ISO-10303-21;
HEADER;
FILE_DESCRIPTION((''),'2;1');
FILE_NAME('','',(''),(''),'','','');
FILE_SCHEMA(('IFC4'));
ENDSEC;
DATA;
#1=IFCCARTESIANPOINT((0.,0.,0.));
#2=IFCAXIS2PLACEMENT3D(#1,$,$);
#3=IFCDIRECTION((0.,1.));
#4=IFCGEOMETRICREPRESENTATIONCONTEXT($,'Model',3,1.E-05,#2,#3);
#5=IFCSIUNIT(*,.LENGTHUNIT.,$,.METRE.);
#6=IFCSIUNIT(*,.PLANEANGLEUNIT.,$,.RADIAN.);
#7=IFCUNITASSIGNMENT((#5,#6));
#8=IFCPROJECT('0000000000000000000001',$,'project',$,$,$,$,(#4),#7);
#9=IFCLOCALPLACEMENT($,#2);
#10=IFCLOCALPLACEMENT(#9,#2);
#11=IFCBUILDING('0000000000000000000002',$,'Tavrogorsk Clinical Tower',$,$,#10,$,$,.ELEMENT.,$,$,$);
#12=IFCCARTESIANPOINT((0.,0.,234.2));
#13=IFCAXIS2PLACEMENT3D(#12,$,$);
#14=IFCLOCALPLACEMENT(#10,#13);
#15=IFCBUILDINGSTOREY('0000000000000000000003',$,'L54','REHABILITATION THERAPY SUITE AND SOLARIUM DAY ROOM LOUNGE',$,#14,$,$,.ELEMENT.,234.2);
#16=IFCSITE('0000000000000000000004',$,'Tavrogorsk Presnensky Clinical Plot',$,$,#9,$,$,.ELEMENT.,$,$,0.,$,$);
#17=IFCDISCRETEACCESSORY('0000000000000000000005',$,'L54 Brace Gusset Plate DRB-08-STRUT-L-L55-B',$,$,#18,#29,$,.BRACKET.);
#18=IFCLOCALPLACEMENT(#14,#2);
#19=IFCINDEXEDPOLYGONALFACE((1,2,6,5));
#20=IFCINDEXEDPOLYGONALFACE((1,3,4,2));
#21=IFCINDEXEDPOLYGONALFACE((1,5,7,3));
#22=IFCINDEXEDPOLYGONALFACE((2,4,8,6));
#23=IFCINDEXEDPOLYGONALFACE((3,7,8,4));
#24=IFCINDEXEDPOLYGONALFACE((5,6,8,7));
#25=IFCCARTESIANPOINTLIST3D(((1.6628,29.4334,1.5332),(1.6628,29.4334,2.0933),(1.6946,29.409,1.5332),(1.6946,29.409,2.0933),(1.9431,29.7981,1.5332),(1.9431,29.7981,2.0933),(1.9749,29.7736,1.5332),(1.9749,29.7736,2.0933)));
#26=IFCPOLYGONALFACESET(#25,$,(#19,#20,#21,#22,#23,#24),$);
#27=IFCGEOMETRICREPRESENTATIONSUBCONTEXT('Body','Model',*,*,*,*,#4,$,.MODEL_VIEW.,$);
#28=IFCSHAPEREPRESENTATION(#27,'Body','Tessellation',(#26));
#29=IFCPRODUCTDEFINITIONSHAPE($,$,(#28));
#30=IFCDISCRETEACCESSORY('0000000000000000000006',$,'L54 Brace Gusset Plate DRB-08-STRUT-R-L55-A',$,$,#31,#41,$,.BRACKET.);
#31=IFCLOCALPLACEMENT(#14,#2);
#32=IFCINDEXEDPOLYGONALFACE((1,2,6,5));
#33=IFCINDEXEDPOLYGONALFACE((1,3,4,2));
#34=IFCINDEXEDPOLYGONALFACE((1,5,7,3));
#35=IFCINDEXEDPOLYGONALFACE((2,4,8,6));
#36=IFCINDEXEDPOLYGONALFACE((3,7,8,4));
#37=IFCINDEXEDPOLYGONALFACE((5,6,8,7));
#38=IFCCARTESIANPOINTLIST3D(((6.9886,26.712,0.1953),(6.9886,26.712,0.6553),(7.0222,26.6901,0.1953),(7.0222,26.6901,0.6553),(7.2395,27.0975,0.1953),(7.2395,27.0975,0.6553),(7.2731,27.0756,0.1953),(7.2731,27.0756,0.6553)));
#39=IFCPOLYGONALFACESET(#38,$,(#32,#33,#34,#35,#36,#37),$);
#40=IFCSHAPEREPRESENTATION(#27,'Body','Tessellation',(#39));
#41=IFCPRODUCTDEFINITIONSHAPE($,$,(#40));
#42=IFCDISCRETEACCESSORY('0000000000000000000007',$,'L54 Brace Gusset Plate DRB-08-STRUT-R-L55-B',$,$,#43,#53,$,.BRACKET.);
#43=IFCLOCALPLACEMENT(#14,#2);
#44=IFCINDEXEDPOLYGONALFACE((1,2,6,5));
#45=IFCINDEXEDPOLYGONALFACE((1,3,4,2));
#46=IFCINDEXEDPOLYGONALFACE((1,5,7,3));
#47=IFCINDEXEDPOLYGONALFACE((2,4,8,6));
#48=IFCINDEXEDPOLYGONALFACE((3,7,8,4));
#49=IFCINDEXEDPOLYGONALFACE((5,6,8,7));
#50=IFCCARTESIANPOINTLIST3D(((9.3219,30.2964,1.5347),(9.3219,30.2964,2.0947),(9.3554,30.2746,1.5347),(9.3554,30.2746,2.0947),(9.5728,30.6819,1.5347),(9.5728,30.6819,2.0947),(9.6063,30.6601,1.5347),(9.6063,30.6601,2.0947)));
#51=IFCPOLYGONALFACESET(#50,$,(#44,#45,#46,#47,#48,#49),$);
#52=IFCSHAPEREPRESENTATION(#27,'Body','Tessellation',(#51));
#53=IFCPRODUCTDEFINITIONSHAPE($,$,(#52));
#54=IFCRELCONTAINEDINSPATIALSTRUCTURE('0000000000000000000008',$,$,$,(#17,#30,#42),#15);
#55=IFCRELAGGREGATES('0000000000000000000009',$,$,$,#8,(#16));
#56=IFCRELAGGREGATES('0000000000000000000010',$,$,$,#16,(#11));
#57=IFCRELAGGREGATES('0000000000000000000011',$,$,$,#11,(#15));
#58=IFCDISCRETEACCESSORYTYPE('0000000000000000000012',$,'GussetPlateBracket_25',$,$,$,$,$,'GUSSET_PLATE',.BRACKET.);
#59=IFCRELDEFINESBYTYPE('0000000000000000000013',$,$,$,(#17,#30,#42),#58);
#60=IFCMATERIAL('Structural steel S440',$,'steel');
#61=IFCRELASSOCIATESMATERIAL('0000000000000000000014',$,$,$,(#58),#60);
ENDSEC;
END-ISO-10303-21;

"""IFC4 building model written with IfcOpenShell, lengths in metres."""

from ifc_helpers import new_model, si_unit, direction, frame, origin, origin_2d, place, context, subcontext, project, spatial, rectangle, extrude, material, type_object, element, save


model = new_model("IFC4")

# Units and contexts
model_context = context("Model", 3, precision=1e-05, world=origin(), true_north=direction((0.0, 1.0)))
body_context = subcontext(model_context, "Body", "Model", "MODEL_VIEW")
ifc_project = project(units=[si_unit("LENGTHUNIT", "METRE"), si_unit("PLANEANGLEUNIT", "RADIAN")], contexts=[model_context])

# Site, building, storey
site_placement = place(None, origin())
site = spatial("IfcSite", under=ifc_project, at=site_placement, Name="Tavrogorsk Presnensky Clinical Plot", CompositionType="ELEMENT", RefElevation=0.0)
building_placement = place(site_placement, origin())
building = spatial("IfcBuilding", under=site, at=building_placement, Name="Tavrogorsk Clinical Tower", CompositionType="ELEMENT")
storey_placement = place(building_placement, frame((0.0, 0.0, 234.2)))
storey = spatial("IfcBuildingStorey", under=building, at=storey_placement, Name="L54", Description="REHABILITATION THERAPY SUITE AND SOLARIUM DAY ROOM LOUNGE", CompositionType="ELEMENT", Elevation=234.2)

# Discrete accessories
ifc_material_1 = material(Name="Structural steel S440", Category="steel")
discrete_accessory_type = type_object("IfcDiscreteAccessoryType", Name="GussetPlateBracket_25", ElementType="GUSSET_PLATE", PredefinedType="BRACKET", material=ifc_material_1)
discrete_accessory_1_placement = place(storey_placement, frame((1.8188, 29.6035, 1.5332), z_axis=(0.0, 0.0, 1.0), x_axis=(0.609454, 0.792822, 0.0)))
element("IfcDiscreteAccessory", 1, at=discrete_accessory_1_placement, inside=storey, type_object=discrete_accessory_type, Name="L54 Brace Gusset Plate DRB-08-STRUT-L-L55-B", PredefinedType="BRACKET", context=body_context, shape_type="SweptSolid", body=[
    extrude(rectangle(XDim=0.46, YDim=0.04, at=origin_2d()), origin(), (0.0, 0.0, 1.0), 0.5601),
])
discrete_accessory_2_placement = place(storey_placement, frame((7.1309, 26.8938, 0.1953), z_axis=(0.0, 0.0, 1.0), x_axis=(0.545517, 0.8381, 0.0)))
element("IfcDiscreteAccessory", 2, at=discrete_accessory_2_placement, inside=storey, type_object=discrete_accessory_type, Name="L54 Brace Gusset Plate DRB-08-STRUT-R-L55-A", PredefinedType="BRACKET", context=body_context, shape_type="SweptSolid", body=[
    extrude(rectangle(XDim=0.46, YDim=0.04, at=origin_2d()), origin(), (0.0, 0.0, 1.0), 0.46),
])
discrete_accessory_3_placement = place(storey_placement, frame((9.4641, 30.4783, 1.5347), z_axis=(0.0, 0.0, 1.0), x_axis=(0.545517, 0.8381, 0.0)))
element("IfcDiscreteAccessory", 3, at=discrete_accessory_3_placement, inside=storey, type_object=discrete_accessory_type, Name="L54 Brace Gusset Plate DRB-08-STRUT-R-L55-B", PredefinedType="BRACKET", context=body_context, shape_type="SweptSolid", body=[
    extrude(rectangle(XDim=0.46, YDim=0.04, at=origin_2d()), origin(), (0.0, 0.0, 1.0), 0.5601),
])

save(model, "model.ifc")
